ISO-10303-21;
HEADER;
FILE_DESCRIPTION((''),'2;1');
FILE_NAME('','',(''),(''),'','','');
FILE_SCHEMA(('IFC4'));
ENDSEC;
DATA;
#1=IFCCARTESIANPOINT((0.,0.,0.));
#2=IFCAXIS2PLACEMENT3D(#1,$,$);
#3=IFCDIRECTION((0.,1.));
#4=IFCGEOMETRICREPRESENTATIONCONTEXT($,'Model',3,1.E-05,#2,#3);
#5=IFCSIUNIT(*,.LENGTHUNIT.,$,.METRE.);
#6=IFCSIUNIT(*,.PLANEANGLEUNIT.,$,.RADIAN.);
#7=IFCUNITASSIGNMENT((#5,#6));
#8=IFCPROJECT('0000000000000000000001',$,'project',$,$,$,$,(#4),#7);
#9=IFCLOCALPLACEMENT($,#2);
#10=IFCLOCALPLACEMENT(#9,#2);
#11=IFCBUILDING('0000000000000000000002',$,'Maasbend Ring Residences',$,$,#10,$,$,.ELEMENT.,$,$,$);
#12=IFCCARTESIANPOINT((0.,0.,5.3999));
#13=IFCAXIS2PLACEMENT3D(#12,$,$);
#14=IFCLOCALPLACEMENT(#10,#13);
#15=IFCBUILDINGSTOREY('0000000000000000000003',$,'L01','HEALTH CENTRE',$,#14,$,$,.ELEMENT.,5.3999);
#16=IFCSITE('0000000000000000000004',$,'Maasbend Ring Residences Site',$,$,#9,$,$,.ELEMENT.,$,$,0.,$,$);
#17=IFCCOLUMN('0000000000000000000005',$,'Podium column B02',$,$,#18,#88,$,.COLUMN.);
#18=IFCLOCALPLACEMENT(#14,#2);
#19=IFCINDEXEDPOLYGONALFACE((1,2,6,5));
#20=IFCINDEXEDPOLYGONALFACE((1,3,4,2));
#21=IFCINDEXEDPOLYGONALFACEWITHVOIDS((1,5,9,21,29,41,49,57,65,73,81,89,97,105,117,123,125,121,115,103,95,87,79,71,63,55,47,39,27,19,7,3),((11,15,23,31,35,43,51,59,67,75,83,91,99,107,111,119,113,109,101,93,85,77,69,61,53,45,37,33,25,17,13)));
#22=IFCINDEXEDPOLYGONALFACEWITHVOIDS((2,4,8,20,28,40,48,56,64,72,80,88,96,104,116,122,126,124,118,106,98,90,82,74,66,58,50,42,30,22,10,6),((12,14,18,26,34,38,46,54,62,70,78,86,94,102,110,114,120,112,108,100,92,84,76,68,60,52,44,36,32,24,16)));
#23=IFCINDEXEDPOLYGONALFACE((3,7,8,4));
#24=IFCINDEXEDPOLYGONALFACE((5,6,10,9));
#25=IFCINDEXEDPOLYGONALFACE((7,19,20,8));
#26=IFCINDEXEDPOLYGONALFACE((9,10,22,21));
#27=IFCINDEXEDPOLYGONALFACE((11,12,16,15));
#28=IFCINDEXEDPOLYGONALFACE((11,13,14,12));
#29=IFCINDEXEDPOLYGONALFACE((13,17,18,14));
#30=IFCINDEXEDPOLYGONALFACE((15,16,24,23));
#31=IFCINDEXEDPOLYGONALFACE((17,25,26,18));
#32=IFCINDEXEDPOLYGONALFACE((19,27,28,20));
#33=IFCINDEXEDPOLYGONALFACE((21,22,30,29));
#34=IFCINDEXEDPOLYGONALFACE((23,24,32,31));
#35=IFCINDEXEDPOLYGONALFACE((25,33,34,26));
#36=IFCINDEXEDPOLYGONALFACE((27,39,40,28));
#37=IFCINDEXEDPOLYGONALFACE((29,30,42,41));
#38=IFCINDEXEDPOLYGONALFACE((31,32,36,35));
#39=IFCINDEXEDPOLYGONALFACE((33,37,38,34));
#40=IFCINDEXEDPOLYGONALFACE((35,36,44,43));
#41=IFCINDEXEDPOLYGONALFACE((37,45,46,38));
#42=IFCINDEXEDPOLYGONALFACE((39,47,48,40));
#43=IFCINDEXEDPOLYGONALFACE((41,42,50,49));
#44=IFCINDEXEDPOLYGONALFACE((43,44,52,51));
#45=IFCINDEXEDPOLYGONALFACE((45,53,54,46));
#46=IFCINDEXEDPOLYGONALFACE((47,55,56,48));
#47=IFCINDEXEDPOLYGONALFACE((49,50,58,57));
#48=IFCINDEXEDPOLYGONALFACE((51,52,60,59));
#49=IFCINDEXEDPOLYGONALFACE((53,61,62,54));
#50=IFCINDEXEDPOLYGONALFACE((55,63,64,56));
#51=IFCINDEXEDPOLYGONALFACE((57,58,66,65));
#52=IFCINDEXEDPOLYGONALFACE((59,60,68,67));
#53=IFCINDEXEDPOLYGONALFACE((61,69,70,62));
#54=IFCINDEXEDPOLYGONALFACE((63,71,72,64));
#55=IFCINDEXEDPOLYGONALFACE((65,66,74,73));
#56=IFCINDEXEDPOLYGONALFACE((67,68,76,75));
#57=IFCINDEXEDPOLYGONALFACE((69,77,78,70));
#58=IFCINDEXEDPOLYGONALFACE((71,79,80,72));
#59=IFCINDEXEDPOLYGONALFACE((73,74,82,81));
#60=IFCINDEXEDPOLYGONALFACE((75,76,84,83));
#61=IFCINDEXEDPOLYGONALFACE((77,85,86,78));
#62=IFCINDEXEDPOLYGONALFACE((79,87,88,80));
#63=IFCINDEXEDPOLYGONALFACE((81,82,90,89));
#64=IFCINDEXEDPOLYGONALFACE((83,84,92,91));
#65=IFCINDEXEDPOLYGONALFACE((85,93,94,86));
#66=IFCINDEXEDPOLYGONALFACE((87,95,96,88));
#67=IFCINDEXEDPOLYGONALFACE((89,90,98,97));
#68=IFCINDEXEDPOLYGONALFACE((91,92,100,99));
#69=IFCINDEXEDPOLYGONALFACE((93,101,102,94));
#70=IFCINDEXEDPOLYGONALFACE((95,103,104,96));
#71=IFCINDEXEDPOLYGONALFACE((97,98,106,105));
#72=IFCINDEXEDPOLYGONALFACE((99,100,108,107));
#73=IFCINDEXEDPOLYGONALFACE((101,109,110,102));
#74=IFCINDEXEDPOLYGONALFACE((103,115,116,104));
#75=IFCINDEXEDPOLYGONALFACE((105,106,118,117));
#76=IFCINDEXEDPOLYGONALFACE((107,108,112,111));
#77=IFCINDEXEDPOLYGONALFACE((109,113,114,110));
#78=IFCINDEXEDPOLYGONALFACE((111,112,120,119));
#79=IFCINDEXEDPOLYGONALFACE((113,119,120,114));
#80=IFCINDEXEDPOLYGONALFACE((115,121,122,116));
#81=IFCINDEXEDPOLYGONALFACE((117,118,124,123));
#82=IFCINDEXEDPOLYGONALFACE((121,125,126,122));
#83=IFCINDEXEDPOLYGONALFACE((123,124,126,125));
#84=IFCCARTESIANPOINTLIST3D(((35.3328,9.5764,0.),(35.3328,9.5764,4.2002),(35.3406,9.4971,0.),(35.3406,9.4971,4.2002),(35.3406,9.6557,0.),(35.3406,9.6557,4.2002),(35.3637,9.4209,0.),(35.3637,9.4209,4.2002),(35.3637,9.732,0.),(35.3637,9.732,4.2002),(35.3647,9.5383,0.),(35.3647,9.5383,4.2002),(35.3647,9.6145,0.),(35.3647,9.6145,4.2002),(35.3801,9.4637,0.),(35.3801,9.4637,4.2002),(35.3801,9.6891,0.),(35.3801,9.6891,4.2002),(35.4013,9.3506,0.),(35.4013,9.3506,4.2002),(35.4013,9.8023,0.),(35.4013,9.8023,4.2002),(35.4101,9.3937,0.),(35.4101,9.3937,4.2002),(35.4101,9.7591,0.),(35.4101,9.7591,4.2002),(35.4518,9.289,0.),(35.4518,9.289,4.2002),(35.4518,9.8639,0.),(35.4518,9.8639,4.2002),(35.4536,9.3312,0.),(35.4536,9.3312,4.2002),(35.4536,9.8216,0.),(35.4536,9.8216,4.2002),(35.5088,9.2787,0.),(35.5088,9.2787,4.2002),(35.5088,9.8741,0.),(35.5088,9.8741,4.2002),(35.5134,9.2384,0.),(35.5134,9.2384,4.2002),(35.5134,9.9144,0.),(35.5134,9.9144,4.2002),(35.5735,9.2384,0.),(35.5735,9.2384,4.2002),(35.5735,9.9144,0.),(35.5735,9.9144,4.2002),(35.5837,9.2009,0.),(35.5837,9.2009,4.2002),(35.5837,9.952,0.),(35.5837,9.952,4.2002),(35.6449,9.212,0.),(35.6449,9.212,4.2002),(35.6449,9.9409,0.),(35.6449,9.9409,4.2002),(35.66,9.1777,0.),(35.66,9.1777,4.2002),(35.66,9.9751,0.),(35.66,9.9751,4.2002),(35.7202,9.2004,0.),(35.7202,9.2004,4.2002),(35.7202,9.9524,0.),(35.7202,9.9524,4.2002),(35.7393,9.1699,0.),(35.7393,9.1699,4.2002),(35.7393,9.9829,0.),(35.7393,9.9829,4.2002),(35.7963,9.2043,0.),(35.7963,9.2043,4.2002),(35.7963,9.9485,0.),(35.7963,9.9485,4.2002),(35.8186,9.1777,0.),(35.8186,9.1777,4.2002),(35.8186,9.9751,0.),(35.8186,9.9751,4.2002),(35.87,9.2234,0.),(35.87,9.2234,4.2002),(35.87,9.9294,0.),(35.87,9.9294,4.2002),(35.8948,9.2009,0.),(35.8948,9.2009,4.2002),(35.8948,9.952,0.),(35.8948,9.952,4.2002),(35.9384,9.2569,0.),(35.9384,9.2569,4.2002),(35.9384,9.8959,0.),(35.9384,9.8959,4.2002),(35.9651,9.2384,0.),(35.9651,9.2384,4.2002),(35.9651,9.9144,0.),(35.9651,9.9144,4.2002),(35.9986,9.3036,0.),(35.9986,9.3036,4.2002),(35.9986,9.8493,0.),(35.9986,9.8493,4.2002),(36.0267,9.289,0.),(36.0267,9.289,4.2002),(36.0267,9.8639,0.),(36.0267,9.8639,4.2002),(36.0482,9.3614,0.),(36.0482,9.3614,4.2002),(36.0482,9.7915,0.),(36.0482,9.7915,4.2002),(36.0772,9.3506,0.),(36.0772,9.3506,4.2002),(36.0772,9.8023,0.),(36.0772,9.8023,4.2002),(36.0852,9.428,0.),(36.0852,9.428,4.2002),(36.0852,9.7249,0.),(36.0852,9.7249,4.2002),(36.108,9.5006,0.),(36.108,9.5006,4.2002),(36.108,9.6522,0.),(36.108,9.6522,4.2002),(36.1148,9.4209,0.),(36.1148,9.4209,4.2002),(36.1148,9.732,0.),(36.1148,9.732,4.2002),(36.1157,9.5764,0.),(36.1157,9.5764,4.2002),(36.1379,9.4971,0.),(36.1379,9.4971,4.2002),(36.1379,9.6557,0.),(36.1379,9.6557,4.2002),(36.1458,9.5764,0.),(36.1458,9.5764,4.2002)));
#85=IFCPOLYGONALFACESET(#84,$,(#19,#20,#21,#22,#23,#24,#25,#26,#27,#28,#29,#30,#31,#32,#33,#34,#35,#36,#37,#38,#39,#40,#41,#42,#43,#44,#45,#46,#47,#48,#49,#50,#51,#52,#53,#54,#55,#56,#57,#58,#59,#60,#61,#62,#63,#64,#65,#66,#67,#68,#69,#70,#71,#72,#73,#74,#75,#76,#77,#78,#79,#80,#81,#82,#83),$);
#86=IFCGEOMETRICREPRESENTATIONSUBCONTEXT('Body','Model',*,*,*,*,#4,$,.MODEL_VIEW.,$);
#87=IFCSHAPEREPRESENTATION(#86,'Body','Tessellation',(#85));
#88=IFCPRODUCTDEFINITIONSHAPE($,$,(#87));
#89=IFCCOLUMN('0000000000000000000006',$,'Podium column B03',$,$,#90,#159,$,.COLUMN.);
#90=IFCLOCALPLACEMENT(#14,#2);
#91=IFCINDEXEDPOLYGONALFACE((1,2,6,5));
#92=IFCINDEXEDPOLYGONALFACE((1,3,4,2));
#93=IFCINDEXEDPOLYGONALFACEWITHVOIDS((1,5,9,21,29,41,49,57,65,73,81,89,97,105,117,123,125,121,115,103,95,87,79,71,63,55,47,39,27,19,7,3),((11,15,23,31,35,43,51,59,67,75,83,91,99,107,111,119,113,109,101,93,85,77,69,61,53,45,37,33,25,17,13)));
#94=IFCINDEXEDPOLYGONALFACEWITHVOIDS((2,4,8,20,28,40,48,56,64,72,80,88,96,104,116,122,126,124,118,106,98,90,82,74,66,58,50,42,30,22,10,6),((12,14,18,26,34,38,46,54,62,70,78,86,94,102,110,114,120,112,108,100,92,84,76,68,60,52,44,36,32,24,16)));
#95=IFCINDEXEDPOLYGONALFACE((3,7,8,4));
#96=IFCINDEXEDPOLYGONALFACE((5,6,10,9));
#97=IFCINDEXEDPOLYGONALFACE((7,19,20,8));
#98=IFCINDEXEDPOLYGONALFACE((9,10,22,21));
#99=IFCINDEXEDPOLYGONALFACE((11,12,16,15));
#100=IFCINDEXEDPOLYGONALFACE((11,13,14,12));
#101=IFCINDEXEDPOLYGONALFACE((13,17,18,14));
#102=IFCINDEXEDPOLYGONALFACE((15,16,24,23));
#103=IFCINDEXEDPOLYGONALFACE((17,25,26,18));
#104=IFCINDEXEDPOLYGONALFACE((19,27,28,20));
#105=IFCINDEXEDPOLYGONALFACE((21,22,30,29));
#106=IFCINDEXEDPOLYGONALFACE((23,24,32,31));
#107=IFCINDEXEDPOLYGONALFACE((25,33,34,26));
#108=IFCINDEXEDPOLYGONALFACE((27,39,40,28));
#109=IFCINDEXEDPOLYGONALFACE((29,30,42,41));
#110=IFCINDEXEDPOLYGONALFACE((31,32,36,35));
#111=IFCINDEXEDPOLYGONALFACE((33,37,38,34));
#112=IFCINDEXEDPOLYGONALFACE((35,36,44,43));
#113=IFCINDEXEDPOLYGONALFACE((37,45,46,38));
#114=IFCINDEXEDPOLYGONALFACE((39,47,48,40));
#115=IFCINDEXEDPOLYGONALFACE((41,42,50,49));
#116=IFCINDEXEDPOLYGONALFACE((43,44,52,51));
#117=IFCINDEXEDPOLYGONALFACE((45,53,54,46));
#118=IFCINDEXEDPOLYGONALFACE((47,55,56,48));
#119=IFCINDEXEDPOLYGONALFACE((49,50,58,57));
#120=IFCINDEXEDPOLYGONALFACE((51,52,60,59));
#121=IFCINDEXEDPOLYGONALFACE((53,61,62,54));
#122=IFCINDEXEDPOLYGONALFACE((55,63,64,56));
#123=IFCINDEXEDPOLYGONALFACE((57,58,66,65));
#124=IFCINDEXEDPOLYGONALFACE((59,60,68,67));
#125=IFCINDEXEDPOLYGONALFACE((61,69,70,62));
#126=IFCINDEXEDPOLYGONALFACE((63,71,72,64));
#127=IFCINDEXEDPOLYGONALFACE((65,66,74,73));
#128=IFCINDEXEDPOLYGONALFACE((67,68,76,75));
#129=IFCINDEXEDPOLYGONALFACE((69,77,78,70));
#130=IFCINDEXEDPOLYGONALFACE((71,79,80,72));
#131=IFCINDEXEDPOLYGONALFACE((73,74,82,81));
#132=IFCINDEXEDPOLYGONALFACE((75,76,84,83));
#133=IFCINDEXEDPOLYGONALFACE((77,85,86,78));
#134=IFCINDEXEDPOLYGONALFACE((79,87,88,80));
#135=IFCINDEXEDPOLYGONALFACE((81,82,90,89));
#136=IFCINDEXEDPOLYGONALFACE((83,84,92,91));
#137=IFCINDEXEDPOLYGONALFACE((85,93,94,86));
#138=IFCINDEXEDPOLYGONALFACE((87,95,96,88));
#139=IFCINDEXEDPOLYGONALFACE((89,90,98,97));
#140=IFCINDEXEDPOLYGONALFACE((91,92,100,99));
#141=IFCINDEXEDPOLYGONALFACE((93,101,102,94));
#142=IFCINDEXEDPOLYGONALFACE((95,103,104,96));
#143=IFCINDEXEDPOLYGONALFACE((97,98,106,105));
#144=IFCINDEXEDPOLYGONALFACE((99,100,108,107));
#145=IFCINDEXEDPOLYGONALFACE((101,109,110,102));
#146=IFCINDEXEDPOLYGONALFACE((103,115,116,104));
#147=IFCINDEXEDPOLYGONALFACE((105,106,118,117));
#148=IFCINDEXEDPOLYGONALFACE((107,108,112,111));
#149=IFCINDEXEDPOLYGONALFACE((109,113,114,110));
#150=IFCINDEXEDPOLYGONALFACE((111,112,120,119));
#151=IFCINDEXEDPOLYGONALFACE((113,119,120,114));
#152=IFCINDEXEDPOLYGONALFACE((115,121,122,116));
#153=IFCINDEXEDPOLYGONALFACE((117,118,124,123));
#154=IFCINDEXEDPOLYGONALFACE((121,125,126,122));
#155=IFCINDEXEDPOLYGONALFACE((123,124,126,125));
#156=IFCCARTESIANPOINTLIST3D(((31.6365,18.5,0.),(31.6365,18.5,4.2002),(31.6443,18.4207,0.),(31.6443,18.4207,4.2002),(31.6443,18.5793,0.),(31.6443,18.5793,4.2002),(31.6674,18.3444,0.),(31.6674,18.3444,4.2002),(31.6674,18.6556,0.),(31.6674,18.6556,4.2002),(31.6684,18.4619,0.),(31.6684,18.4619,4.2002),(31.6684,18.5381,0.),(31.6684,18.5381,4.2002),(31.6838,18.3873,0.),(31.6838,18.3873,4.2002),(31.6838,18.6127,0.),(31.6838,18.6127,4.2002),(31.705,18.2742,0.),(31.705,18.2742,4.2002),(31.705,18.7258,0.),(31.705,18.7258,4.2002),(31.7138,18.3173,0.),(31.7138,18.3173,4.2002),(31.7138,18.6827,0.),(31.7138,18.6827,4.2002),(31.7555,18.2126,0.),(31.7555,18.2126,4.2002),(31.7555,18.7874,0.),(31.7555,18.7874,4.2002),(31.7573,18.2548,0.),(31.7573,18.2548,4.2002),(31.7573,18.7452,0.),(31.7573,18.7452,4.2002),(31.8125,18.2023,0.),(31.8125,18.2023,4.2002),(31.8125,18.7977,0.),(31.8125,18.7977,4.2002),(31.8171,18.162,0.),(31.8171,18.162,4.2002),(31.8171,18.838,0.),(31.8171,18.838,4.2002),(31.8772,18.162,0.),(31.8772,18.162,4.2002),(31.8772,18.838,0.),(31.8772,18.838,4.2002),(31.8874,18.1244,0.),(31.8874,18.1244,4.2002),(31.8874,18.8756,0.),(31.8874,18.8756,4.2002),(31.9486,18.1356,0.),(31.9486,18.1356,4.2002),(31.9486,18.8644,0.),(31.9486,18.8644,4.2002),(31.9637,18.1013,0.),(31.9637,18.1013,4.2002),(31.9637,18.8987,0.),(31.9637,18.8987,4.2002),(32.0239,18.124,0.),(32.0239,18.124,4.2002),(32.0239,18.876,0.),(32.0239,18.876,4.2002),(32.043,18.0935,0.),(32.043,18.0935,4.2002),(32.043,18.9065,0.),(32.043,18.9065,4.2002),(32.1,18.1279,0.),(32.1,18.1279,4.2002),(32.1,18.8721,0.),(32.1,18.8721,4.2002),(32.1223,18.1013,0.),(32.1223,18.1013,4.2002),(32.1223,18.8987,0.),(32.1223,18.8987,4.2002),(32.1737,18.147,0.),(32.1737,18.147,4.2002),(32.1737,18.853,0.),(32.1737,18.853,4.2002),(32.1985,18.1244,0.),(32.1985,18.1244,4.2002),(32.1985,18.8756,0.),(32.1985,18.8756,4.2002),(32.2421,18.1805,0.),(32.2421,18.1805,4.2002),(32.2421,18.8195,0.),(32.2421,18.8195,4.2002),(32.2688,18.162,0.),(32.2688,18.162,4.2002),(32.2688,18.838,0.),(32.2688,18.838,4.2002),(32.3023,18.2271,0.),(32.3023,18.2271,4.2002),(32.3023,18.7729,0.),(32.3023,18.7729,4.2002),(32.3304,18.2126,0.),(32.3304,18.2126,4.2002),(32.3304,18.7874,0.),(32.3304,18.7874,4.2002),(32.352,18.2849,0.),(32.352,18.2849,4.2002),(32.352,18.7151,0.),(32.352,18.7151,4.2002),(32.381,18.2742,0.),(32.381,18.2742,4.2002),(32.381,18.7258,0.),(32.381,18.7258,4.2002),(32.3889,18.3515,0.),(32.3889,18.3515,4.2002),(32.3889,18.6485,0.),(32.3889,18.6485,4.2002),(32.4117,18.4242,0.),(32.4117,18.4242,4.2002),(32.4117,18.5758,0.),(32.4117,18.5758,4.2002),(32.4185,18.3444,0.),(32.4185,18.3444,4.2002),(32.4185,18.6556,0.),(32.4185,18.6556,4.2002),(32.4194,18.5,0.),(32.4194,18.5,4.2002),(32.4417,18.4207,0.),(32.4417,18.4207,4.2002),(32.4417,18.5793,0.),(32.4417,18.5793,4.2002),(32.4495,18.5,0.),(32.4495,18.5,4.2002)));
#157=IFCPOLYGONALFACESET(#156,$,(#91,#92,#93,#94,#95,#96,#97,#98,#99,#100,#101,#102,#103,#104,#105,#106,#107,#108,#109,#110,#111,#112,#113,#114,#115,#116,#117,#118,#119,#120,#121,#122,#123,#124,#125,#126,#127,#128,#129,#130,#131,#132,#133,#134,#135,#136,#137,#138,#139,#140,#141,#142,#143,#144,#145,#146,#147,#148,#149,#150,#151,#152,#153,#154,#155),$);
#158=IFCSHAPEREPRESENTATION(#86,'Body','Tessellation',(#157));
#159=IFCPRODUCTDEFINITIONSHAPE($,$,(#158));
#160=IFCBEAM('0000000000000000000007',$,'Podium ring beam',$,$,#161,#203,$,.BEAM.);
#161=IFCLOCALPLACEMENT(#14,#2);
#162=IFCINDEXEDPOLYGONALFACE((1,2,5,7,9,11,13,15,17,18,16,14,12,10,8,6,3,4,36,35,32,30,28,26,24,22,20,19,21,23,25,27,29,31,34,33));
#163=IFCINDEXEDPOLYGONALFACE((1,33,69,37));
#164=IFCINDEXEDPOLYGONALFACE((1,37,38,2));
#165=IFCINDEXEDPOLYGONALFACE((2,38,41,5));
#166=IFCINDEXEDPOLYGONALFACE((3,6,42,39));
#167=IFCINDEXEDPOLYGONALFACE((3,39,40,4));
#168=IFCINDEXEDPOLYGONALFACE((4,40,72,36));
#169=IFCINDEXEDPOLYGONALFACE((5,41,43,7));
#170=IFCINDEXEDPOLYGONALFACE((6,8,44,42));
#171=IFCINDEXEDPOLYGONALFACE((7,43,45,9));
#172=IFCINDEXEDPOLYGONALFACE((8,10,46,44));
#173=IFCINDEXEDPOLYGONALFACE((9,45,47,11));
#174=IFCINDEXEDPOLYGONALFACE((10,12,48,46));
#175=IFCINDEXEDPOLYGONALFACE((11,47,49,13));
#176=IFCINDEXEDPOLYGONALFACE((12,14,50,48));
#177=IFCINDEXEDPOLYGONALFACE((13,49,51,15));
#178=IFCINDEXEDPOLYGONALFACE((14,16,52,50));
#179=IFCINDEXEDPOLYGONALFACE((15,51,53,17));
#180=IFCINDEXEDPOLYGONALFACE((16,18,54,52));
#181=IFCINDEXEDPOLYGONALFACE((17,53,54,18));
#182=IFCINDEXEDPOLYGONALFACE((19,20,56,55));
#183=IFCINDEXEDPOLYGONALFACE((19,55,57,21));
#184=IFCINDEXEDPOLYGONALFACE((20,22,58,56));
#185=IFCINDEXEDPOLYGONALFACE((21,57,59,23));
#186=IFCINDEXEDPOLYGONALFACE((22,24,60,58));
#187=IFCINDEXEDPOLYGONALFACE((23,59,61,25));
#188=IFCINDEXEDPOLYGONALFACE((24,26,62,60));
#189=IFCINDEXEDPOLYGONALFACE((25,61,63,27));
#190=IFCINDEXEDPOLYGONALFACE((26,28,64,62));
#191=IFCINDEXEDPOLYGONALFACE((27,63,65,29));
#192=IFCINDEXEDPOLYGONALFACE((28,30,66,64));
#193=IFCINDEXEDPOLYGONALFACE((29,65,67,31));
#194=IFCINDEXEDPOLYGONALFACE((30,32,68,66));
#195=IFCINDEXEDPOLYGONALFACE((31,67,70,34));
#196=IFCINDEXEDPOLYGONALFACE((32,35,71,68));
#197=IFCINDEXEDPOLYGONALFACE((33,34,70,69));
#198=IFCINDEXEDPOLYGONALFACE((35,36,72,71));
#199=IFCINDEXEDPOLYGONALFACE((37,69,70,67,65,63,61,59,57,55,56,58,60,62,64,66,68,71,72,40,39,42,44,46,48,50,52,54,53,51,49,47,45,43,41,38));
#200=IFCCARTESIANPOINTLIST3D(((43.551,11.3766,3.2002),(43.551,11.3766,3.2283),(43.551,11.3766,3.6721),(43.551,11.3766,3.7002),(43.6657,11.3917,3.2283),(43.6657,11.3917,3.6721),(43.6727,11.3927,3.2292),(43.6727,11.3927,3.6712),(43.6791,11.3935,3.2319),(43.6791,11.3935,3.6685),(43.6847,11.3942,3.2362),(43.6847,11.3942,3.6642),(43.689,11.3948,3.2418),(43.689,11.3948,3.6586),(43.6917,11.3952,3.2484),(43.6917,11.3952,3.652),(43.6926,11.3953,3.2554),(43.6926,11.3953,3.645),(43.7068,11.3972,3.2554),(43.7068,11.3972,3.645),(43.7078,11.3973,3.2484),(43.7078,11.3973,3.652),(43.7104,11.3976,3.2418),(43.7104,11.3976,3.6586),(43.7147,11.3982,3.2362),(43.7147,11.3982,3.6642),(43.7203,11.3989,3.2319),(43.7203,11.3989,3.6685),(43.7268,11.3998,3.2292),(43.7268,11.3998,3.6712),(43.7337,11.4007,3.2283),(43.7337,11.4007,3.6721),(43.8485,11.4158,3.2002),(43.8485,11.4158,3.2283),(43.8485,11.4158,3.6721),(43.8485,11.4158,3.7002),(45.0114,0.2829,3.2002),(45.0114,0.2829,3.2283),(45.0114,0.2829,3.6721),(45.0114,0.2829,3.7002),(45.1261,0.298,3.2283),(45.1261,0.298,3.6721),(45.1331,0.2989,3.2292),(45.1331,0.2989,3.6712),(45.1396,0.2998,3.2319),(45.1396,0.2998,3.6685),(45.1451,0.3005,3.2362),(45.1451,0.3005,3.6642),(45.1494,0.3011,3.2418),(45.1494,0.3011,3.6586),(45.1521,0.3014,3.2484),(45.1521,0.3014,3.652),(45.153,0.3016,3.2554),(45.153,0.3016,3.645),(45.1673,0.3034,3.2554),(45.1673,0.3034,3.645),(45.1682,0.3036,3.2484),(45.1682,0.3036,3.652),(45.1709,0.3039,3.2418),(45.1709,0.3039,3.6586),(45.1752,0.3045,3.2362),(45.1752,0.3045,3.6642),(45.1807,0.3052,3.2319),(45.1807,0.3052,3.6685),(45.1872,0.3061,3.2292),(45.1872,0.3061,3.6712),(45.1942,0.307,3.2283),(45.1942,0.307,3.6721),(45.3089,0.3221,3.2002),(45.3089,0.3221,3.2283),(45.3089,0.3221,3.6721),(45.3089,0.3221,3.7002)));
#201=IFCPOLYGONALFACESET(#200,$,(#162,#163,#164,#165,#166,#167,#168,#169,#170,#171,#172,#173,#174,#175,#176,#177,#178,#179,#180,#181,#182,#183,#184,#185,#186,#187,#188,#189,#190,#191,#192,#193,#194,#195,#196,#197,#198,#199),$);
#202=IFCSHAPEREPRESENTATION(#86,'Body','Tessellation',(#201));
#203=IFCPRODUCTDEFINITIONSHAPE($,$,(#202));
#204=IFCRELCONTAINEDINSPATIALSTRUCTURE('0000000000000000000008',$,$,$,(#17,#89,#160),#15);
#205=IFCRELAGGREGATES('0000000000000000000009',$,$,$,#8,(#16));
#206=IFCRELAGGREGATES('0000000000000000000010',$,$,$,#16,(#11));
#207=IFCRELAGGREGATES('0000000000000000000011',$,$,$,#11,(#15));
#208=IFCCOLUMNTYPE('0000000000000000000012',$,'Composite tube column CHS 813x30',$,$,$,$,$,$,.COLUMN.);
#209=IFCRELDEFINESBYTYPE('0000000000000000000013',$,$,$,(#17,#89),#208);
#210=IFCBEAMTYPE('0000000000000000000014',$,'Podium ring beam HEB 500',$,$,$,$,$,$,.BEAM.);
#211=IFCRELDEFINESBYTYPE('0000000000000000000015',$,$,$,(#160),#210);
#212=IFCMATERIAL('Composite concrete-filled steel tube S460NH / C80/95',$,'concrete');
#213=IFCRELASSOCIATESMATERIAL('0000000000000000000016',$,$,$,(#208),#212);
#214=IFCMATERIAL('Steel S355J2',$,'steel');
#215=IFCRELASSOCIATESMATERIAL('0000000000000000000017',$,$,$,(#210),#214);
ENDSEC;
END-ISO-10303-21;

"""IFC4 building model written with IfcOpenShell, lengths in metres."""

from ifc_helpers import new_model, si_unit, direction, frame, origin, origin_2d, place, context, subcontext, project, spatial, hollow_circle, i_section, extrude, material, material_profile, profile_set, type_object, element, save


model = new_model("IFC4")

# Units and contexts
model_context = context("Model", 3, precision=1e-05, world=origin(), true_north=direction((0.0, 1.0)))
body_context = subcontext(model_context, "Body", "Model", "MODEL_VIEW")
ifc_project = project(units=[si_unit("LENGTHUNIT", "METRE"), si_unit("PLANEANGLEUNIT", "RADIAN")], contexts=[model_context])

# Site, building, storey
site_placement = place(None, origin())
site = spatial("IfcSite", under=ifc_project, at=site_placement, Name="Maasbend Ring Residences Site", CompositionType="ELEMENT", RefElevation=0.0)
building_placement = place(site_placement, origin())
building = spatial("IfcBuilding", under=site, at=building_placement, Name="Maasbend Ring Residences", CompositionType="ELEMENT")
storey_placement = place(building_placement, frame((0.0, 0.0, 5.3999)))
storey = spatial("IfcBuildingStorey", under=building, at=storey_placement, Name="L01", Description="HEALTH CENTRE", CompositionType="ELEMENT", Elevation=5.3999)

# Columns
ifc_material_1 = material(Name="Composite concrete-filled steel tube S460NH / C80/95", Category="concrete")
ifc_material_profile_1 = material_profile(ifc_material_1, hollow_circle(Radius=0.4065, WallThickness=0.03, at=origin_2d()), Name="Composite tube column CHS 813x30")
ifc_profile_set_1 = profile_set([ifc_material_profile_1], Name="Composite concrete-filled steel tube S460NH / C80/95")
column_type_1 = type_object("IfcColumnType", Name="Composite tube column CHS 813x30", PredefinedType="COLUMN", material=ifc_profile_set_1)
for number, where, z_axis, x_axis, name in (
    (1, (35.7393, 9.5764, 0.0), (0.0, 0.0, 1.0), (1.0, 0.0, 0.0), "Podium column B02"),
    (2, (32.043, 18.5, 0.0), (0.0, 0.0, 1.0), (1.0, 0.0, 0.0), "Podium column B03"),
):
    element("IfcColumn", number, at=place(storey_placement, frame(where, z_axis=z_axis, x_axis=x_axis)), inside=storey, type_object=column_type_1, Name=name, PredefinedType="COLUMN", context=body_context, shape_type="SweptSolid", body=[
        extrude(hollow_circle(Radius=0.4065, WallThickness=0.03, at=origin_2d()), origin(), (0.0, 0.0, 1.0), 4.2002),
    ])

# Beam
ifc_material_2 = material(Name="Steel S355J2", Category="steel")
ifc_material_profile_2 = material_profile(ifc_material_2, i_section(OverallWidth=0.3, OverallDepth=0.5, WebThickness=0.0144, FlangeThickness=0.0281, FilletRadius=0.0271, at=origin_2d()), Name="HEB 500")
ifc_profile_set_2 = profile_set([ifc_material_profile_2], Name="Steel S355J2")
beam_type_1 = type_object("IfcBeamType", Name="Podium ring beam HEB 500", PredefinedType="BEAM", material=ifc_profile_set_2)
beam_1_placement = place(storey_placement, frame((45.1602, 0.3025, 3.4502), z_axis=(-0.13052, 0.991446, 0.0), x_axis=(-0.991446, -0.13052, 0.0)))
element("IfcBeam", 3, at=beam_1_placement, inside=storey, type_object=beam_type_1, Name="Podium ring beam", PredefinedType="BEAM", context=body_context, shape_type="SweptSolid", body=[
    extrude(i_section(OverallWidth=0.3, OverallDepth=0.5, WebThickness=0.0144, FlangeThickness=0.0281, FilletRadius=0.0271, at=origin_2d()), origin(), (0.0, 0.0, 1.0), 11.1895),
])

save(model, "model.ifc")
